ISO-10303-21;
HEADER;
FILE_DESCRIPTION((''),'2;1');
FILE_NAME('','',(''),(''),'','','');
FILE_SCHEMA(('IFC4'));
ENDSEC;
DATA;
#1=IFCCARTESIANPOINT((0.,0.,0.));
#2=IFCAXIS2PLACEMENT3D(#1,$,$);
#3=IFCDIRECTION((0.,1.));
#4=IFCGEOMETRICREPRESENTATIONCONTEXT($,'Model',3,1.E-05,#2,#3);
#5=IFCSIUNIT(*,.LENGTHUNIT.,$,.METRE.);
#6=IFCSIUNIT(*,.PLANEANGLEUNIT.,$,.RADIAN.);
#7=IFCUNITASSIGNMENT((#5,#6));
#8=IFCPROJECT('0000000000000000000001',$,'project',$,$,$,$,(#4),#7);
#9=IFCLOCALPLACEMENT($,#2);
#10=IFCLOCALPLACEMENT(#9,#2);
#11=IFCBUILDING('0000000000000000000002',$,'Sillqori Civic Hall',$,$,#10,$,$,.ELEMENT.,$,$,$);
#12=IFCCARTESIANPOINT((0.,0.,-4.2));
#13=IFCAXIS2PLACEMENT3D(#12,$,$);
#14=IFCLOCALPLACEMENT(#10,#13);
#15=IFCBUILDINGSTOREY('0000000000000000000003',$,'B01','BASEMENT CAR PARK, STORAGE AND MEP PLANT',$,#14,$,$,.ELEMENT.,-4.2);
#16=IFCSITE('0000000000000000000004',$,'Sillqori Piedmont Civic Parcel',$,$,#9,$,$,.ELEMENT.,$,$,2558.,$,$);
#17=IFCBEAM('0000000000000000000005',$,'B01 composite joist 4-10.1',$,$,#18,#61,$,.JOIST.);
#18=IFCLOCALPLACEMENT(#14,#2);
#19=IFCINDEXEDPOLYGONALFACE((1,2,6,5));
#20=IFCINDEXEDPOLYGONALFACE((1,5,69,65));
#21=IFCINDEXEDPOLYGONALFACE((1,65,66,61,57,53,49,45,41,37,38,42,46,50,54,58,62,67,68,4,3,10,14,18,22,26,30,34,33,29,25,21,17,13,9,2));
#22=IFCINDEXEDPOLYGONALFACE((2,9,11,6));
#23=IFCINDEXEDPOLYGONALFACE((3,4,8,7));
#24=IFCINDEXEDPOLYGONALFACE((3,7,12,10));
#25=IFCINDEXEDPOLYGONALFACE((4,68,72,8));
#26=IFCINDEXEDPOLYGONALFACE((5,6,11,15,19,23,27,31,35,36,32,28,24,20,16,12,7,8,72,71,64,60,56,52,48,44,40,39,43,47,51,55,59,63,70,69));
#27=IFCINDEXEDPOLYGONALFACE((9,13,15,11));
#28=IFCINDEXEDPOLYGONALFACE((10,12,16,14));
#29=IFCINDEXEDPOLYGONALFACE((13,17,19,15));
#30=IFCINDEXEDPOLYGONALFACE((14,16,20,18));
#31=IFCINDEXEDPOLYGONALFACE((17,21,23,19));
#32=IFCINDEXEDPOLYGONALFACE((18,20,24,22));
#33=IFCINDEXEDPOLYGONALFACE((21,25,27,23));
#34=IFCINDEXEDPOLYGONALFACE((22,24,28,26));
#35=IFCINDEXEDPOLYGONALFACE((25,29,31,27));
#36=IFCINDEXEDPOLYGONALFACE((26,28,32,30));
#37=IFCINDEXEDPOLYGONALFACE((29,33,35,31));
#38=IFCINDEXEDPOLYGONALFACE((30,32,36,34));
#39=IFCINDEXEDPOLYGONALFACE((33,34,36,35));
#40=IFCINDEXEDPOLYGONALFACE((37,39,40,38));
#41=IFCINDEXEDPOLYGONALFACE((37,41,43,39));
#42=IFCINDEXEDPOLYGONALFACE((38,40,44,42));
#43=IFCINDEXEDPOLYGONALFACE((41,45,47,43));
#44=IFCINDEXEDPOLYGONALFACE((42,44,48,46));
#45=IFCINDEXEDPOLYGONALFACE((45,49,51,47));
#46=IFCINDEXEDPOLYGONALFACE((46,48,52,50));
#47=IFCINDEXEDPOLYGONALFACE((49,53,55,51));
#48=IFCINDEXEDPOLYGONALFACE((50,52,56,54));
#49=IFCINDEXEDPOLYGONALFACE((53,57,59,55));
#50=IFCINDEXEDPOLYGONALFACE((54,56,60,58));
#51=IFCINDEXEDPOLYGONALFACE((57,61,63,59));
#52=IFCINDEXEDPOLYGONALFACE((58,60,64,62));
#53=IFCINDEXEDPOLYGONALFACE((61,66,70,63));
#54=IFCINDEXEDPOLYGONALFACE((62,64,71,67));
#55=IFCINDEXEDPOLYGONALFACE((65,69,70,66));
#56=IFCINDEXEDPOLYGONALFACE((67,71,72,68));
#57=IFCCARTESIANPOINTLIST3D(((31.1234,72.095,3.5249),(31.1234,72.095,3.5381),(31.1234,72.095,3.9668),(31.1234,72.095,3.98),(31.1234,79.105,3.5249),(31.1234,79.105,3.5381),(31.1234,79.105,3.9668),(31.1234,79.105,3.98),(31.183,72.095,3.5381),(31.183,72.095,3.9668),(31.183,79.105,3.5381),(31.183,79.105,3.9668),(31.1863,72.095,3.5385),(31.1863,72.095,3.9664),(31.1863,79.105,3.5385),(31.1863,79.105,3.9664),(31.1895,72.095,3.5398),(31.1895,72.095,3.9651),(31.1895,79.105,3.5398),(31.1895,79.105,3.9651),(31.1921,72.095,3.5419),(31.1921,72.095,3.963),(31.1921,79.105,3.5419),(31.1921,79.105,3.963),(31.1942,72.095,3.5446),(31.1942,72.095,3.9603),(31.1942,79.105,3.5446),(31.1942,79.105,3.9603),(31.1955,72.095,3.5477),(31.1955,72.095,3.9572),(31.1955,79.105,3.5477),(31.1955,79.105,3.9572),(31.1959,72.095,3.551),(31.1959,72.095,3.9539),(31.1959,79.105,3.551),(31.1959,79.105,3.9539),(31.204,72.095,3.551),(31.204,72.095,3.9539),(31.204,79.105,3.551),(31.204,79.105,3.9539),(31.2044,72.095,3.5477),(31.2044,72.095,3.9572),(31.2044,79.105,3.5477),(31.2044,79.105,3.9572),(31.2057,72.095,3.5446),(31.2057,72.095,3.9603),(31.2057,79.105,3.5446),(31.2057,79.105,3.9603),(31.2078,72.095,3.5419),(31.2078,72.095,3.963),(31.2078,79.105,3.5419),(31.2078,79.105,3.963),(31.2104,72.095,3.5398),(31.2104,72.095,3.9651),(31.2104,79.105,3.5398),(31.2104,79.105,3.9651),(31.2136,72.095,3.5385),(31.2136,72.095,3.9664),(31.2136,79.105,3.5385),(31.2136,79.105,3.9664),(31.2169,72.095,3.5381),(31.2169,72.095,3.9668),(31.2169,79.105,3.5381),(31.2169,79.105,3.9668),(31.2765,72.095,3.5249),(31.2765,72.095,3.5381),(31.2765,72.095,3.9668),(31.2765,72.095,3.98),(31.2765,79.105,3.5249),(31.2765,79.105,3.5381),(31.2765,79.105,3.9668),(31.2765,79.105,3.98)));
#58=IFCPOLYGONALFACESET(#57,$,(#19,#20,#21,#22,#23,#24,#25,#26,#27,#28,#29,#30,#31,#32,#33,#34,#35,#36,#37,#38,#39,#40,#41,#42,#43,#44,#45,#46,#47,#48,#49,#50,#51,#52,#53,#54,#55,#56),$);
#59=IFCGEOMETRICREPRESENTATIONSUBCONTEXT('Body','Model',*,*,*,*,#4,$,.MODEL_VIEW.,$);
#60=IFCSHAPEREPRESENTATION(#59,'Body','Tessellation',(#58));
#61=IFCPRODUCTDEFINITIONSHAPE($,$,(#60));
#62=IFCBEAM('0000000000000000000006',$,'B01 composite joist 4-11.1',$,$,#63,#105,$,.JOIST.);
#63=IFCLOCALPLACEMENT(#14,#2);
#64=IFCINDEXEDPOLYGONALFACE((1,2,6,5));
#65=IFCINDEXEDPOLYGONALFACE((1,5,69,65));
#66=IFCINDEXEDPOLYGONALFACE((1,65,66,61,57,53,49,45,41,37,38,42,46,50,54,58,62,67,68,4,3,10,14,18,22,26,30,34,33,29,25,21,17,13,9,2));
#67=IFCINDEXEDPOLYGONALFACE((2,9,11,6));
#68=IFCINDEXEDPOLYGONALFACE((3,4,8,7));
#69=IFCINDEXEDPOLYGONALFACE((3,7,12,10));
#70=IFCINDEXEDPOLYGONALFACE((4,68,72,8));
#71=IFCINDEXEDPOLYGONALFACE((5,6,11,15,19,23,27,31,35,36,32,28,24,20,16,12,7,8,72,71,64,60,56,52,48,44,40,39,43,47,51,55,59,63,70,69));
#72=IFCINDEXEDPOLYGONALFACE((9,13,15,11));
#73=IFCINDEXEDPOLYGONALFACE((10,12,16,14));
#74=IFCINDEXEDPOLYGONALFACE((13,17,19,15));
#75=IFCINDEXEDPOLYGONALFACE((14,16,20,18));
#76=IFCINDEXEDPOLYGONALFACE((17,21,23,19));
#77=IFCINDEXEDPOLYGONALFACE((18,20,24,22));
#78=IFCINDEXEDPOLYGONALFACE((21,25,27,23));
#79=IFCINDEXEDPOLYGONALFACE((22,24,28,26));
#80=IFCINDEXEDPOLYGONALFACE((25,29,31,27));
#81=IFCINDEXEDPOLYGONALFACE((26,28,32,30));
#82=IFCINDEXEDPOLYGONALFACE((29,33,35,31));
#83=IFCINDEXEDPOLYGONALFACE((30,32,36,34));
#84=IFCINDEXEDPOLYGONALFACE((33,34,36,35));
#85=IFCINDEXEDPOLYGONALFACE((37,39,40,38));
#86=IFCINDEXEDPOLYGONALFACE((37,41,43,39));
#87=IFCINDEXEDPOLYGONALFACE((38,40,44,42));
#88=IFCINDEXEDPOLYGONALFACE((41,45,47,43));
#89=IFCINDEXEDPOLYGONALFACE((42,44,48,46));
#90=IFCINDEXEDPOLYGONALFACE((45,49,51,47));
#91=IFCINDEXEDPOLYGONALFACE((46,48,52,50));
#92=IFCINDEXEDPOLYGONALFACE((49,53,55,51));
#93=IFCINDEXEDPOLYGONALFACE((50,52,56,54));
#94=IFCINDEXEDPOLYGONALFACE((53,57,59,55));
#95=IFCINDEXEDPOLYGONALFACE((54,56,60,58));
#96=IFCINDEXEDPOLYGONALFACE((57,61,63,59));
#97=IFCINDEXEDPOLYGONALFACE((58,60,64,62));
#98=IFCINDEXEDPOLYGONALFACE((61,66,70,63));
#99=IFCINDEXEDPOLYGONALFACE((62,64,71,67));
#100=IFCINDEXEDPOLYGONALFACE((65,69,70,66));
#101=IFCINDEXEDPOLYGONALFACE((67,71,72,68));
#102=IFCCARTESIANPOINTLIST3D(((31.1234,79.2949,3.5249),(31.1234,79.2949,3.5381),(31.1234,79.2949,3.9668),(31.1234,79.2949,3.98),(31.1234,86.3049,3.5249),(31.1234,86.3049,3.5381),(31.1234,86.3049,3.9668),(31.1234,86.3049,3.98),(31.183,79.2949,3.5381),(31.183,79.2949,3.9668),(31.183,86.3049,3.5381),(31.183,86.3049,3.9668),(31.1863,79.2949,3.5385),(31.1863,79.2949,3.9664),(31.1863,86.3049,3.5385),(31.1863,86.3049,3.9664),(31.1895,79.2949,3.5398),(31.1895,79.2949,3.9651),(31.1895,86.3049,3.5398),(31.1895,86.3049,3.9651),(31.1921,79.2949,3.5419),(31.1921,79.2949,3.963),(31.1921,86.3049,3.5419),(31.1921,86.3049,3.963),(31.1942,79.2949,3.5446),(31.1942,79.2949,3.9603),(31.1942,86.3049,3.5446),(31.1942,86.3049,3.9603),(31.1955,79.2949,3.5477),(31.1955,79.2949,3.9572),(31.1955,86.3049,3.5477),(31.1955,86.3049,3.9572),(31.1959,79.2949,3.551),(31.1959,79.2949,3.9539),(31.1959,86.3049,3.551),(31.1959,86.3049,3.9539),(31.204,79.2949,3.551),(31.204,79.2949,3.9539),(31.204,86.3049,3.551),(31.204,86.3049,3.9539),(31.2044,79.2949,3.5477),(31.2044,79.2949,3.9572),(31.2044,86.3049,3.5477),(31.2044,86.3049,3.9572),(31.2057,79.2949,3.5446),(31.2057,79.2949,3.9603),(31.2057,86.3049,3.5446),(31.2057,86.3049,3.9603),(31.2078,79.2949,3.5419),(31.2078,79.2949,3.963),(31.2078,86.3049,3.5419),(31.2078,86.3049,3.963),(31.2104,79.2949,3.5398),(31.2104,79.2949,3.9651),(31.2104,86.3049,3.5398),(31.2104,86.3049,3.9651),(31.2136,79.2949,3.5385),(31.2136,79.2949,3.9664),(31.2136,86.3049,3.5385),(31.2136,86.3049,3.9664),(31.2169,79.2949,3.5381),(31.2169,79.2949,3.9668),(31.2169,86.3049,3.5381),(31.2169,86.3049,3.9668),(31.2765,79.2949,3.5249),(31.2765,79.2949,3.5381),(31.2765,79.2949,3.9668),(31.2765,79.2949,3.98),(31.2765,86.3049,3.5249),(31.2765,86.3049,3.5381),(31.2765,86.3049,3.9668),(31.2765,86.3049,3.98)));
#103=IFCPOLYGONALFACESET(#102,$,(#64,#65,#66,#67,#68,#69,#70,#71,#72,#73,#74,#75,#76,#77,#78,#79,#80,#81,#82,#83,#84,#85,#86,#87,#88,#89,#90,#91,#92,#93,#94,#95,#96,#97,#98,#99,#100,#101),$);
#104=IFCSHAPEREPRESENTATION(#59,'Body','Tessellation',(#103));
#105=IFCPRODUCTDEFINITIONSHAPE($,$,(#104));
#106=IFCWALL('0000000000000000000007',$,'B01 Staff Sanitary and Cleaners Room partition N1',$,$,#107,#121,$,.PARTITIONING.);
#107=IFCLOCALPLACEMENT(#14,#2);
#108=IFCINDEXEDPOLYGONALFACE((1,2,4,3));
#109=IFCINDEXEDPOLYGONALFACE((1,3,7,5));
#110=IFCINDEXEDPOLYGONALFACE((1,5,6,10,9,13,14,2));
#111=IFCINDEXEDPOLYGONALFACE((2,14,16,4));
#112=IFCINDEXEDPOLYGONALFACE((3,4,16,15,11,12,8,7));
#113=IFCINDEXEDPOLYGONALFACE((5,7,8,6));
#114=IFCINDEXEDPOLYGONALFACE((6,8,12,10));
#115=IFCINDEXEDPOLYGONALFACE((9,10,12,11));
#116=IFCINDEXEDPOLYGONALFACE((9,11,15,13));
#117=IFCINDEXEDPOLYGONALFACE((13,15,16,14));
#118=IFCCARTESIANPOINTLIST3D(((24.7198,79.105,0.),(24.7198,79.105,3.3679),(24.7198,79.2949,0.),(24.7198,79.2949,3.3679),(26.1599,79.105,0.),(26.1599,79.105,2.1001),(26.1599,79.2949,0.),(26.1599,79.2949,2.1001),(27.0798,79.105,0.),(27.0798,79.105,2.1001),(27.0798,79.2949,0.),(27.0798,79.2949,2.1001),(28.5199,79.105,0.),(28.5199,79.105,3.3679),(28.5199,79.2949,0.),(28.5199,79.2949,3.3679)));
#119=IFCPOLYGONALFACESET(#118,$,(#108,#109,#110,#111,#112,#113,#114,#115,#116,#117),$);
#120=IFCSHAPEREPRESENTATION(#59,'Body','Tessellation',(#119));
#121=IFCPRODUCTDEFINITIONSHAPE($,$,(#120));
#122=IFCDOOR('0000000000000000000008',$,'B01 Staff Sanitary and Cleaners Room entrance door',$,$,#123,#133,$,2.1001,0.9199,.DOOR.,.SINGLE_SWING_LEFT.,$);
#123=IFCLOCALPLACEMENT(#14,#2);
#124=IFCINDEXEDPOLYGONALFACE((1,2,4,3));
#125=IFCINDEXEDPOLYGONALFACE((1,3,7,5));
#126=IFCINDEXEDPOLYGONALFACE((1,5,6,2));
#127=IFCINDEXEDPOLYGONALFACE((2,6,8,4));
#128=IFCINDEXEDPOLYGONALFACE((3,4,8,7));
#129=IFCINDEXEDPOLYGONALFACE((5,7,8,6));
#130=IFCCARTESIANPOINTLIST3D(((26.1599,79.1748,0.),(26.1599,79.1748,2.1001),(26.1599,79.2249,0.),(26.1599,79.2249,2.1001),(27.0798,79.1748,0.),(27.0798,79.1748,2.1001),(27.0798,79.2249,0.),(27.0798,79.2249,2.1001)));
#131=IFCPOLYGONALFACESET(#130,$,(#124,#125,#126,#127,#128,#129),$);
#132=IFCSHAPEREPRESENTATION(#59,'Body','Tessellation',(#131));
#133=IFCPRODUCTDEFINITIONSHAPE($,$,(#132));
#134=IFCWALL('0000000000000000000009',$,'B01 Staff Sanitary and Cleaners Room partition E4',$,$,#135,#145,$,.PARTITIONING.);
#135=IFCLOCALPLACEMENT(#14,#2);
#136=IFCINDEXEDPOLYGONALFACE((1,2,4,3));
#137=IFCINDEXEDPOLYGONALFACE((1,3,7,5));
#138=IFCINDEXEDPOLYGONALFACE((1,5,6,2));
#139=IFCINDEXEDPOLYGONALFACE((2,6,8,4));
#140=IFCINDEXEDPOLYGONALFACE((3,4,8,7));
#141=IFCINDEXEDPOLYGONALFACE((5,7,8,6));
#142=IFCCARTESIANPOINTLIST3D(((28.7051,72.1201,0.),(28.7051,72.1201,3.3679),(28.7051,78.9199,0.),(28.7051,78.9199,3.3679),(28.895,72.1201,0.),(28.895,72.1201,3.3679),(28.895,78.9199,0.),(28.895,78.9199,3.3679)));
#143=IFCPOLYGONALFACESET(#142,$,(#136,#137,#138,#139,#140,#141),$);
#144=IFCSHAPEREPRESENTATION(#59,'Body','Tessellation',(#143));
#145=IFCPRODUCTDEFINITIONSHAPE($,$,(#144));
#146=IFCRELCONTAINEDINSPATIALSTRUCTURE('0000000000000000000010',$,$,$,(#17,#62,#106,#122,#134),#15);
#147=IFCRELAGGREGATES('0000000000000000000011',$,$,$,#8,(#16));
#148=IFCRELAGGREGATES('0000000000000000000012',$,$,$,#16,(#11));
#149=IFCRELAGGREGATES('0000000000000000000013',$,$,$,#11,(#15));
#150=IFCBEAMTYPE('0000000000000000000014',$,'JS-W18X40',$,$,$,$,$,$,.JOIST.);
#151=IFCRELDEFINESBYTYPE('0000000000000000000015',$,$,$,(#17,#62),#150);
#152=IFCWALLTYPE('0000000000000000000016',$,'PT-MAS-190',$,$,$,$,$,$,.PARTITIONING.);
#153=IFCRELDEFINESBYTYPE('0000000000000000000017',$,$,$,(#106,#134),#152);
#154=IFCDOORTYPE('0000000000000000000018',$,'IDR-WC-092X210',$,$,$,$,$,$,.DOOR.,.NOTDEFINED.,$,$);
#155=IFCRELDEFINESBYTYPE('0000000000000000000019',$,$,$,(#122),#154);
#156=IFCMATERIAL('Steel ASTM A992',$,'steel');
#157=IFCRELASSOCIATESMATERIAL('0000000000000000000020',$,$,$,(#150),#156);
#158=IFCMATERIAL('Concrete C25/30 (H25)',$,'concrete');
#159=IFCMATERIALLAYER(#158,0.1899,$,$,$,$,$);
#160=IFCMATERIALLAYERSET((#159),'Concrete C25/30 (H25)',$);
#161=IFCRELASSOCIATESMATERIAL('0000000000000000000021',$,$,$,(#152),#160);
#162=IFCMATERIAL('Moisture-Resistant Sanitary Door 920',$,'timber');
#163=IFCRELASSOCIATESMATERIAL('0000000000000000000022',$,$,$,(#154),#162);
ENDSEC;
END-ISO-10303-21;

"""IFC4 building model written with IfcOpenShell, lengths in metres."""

from ifc_helpers import new_model, si_unit, direction, frame, frame_2d, origin, origin_2d, place, context, subcontext, project, spatial, rectangle, i_section, extrude, material, layer, layer_set, material_profile, profile_set, type_object, element, fill, save


model = new_model("IFC4")

# Units and contexts
model_context = context("Model", 3, precision=1e-05, world=origin(), true_north=direction((0.0, 1.0)))
body_context = subcontext(model_context, "Body", "Model", "MODEL_VIEW")
ifc_project = project(units=[si_unit("LENGTHUNIT", "METRE"), si_unit("PLANEANGLEUNIT", "RADIAN")], contexts=[model_context])

# Site, building, storey
site_placement = place(None, origin())
site = spatial("IfcSite", under=ifc_project, at=site_placement, Name="Sillqori Piedmont Civic Parcel", CompositionType="ELEMENT", RefElevation=2558.0)
building_placement = place(site_placement, origin())
building = spatial("IfcBuilding", under=site, at=building_placement, Name="Sillqori Civic Hall", CompositionType="ELEMENT")
storey_placement = place(building_placement, frame((0.0, 0.0, -4.2)))
storey = spatial("IfcBuildingStorey", under=building, at=storey_placement, Name="B01", Description="BASEMENT CAR PARK, STORAGE AND MEP PLANT", CompositionType="ELEMENT", Elevation=-4.2)

# Shared definitions
ifc_material_1 = material(Name="Steel ASTM A992", Category="steel")

# Beams
ifc_material_profile_1 = material_profile(ifc_material_1, i_section(OverallWidth=0.1531, OverallDepth=0.4551, WebThickness=0.0081, FlangeThickness=0.0132, FilletRadius=0.0129, at=origin_2d()), Name="W18X40")
ifc_profile_set_1 = profile_set([ifc_material_profile_1], Name="Steel ASTM A992")
beam_type_1 = type_object("IfcBeamType", Name="JS-W18X40", PredefinedType="JOIST", material=ifc_profile_set_1)
for number, where, z_axis, x_axis, name in (
    (1, (31.2, 72.095, 3.7524), (0.0, 1.0, 0.0), (-1.0, 0.0, 0.0), "B01 composite joist 4-10.1"),
    (2, (31.2, 79.2949, 3.7524), (0.0, 1.0, 0.0), (-1.0, 0.0, 0.0), "B01 composite joist 4-11.1"),
):
    element("IfcBeam", number, at=place(storey_placement, frame(where, z_axis=z_axis, x_axis=x_axis)), inside=storey, type_object=beam_type_1, Name=name, PredefinedType="JOIST", context=body_context, shape_type="SweptSolid", body=[
        extrude(i_section(OverallWidth=0.1531, OverallDepth=0.4551, WebThickness=0.0081, FlangeThickness=0.0132, FilletRadius=0.0129, at=origin_2d()), origin(), (0.0, 0.0, 1.0), 7.01),
    ])

# Wall, opening, door
ifc_material_2 = material(Name="Concrete C25/30 (H25)", Category="concrete")
ifc_layer = layer(ifc_material_2, 0.1899)
ifc_layer_set = layer_set([ifc_layer], Name="Concrete C25/30 (H25)")
wall_type = type_object("IfcWallType", Name="PT-MAS-190", PredefinedType="PARTITIONING", material=ifc_layer_set)
wall_1_placement = place(storey_placement, frame((24.72, 79.2, 0.0), z_axis=(0.0, 0.0, 1.0), x_axis=(1.0, 0.0, 0.0)))
wall_1 = element("IfcWall", 3, at=wall_1_placement, inside=storey, type_object=wall_type, Name="B01 Staff Sanitary and Cleaners Room partition N1", PredefinedType="PARTITIONING", context=body_context, shape_type="SweptSolid", body=[
    extrude(rectangle(XDim=3.8, YDim=0.1899, at=frame_2d((1.8999, 0.0))), origin(), (0.0, 0.0, 1.0), 3.3679),
])
opening_placement = place(wall_1_placement, frame((1.4399, 0.0, 0.0)))
opening = element("IfcOpeningElement", 4, at=opening_placement, cuts=wall_1, PredefinedType="OPENING", context=body_context, shape_type="SweptSolid", body=[
    extrude(rectangle(XDim=0.9199, YDim=2.1001, at=frame_2d((0.46, 1.05))), frame((0.0, 0.105, 0.0), z_axis=(0.0, -1.0, 0.0), x_axis=(1.0, 0.0, 0.0)), (0.0, 0.0, 1.0), 0.21),
])
ifc_material_3 = material(Name="Moisture-Resistant Sanitary Door 920", Category="timber")
door_type = type_object("IfcDoorType", Name="IDR-WC-092X210", OperationType="NOTDEFINED", PredefinedType="DOOR", material=ifc_material_3)
door_placement = place(opening_placement, origin())
door = element("IfcDoor", 5, at=door_placement, inside=storey, type_object=door_type, Name="B01 Staff Sanitary and Cleaners Room entrance door", OperationType="SINGLE_SWING_LEFT", OverallHeight=2.1001, OverallWidth=0.9199, PredefinedType="DOOR", context=body_context, shape_type="SweptSolid", body=[
    extrude(rectangle(XDim=0.9199, YDim=2.1001, at=frame_2d((0.46, 1.05))), frame((0.0, 0.0249, 0.0), z_axis=(0.0, -1.0, 0.0), x_axis=(1.0, 0.0, 0.0)), (0.0, 0.0, 1.0), 0.05),
])
fill(opening, door)

# Wall
wall_2_placement = place(storey_placement, frame((28.8, 78.9199, 0.0), z_axis=(0.0, 0.0, 1.0), x_axis=(0.0, -1.0, 0.0)))
element("IfcWall", 6, at=wall_2_placement, inside=storey, type_object=wall_type, Name="B01 Staff Sanitary and Cleaners Room partition E4", PredefinedType="PARTITIONING", context=body_context, shape_type="SweptSolid", body=[
    extrude(rectangle(XDim=6.7998, YDim=0.1899, at=frame_2d((3.3999, 0.0))), origin(), (0.0, 0.0, 1.0), 3.3679),
])

save(model, "model.ifc")
